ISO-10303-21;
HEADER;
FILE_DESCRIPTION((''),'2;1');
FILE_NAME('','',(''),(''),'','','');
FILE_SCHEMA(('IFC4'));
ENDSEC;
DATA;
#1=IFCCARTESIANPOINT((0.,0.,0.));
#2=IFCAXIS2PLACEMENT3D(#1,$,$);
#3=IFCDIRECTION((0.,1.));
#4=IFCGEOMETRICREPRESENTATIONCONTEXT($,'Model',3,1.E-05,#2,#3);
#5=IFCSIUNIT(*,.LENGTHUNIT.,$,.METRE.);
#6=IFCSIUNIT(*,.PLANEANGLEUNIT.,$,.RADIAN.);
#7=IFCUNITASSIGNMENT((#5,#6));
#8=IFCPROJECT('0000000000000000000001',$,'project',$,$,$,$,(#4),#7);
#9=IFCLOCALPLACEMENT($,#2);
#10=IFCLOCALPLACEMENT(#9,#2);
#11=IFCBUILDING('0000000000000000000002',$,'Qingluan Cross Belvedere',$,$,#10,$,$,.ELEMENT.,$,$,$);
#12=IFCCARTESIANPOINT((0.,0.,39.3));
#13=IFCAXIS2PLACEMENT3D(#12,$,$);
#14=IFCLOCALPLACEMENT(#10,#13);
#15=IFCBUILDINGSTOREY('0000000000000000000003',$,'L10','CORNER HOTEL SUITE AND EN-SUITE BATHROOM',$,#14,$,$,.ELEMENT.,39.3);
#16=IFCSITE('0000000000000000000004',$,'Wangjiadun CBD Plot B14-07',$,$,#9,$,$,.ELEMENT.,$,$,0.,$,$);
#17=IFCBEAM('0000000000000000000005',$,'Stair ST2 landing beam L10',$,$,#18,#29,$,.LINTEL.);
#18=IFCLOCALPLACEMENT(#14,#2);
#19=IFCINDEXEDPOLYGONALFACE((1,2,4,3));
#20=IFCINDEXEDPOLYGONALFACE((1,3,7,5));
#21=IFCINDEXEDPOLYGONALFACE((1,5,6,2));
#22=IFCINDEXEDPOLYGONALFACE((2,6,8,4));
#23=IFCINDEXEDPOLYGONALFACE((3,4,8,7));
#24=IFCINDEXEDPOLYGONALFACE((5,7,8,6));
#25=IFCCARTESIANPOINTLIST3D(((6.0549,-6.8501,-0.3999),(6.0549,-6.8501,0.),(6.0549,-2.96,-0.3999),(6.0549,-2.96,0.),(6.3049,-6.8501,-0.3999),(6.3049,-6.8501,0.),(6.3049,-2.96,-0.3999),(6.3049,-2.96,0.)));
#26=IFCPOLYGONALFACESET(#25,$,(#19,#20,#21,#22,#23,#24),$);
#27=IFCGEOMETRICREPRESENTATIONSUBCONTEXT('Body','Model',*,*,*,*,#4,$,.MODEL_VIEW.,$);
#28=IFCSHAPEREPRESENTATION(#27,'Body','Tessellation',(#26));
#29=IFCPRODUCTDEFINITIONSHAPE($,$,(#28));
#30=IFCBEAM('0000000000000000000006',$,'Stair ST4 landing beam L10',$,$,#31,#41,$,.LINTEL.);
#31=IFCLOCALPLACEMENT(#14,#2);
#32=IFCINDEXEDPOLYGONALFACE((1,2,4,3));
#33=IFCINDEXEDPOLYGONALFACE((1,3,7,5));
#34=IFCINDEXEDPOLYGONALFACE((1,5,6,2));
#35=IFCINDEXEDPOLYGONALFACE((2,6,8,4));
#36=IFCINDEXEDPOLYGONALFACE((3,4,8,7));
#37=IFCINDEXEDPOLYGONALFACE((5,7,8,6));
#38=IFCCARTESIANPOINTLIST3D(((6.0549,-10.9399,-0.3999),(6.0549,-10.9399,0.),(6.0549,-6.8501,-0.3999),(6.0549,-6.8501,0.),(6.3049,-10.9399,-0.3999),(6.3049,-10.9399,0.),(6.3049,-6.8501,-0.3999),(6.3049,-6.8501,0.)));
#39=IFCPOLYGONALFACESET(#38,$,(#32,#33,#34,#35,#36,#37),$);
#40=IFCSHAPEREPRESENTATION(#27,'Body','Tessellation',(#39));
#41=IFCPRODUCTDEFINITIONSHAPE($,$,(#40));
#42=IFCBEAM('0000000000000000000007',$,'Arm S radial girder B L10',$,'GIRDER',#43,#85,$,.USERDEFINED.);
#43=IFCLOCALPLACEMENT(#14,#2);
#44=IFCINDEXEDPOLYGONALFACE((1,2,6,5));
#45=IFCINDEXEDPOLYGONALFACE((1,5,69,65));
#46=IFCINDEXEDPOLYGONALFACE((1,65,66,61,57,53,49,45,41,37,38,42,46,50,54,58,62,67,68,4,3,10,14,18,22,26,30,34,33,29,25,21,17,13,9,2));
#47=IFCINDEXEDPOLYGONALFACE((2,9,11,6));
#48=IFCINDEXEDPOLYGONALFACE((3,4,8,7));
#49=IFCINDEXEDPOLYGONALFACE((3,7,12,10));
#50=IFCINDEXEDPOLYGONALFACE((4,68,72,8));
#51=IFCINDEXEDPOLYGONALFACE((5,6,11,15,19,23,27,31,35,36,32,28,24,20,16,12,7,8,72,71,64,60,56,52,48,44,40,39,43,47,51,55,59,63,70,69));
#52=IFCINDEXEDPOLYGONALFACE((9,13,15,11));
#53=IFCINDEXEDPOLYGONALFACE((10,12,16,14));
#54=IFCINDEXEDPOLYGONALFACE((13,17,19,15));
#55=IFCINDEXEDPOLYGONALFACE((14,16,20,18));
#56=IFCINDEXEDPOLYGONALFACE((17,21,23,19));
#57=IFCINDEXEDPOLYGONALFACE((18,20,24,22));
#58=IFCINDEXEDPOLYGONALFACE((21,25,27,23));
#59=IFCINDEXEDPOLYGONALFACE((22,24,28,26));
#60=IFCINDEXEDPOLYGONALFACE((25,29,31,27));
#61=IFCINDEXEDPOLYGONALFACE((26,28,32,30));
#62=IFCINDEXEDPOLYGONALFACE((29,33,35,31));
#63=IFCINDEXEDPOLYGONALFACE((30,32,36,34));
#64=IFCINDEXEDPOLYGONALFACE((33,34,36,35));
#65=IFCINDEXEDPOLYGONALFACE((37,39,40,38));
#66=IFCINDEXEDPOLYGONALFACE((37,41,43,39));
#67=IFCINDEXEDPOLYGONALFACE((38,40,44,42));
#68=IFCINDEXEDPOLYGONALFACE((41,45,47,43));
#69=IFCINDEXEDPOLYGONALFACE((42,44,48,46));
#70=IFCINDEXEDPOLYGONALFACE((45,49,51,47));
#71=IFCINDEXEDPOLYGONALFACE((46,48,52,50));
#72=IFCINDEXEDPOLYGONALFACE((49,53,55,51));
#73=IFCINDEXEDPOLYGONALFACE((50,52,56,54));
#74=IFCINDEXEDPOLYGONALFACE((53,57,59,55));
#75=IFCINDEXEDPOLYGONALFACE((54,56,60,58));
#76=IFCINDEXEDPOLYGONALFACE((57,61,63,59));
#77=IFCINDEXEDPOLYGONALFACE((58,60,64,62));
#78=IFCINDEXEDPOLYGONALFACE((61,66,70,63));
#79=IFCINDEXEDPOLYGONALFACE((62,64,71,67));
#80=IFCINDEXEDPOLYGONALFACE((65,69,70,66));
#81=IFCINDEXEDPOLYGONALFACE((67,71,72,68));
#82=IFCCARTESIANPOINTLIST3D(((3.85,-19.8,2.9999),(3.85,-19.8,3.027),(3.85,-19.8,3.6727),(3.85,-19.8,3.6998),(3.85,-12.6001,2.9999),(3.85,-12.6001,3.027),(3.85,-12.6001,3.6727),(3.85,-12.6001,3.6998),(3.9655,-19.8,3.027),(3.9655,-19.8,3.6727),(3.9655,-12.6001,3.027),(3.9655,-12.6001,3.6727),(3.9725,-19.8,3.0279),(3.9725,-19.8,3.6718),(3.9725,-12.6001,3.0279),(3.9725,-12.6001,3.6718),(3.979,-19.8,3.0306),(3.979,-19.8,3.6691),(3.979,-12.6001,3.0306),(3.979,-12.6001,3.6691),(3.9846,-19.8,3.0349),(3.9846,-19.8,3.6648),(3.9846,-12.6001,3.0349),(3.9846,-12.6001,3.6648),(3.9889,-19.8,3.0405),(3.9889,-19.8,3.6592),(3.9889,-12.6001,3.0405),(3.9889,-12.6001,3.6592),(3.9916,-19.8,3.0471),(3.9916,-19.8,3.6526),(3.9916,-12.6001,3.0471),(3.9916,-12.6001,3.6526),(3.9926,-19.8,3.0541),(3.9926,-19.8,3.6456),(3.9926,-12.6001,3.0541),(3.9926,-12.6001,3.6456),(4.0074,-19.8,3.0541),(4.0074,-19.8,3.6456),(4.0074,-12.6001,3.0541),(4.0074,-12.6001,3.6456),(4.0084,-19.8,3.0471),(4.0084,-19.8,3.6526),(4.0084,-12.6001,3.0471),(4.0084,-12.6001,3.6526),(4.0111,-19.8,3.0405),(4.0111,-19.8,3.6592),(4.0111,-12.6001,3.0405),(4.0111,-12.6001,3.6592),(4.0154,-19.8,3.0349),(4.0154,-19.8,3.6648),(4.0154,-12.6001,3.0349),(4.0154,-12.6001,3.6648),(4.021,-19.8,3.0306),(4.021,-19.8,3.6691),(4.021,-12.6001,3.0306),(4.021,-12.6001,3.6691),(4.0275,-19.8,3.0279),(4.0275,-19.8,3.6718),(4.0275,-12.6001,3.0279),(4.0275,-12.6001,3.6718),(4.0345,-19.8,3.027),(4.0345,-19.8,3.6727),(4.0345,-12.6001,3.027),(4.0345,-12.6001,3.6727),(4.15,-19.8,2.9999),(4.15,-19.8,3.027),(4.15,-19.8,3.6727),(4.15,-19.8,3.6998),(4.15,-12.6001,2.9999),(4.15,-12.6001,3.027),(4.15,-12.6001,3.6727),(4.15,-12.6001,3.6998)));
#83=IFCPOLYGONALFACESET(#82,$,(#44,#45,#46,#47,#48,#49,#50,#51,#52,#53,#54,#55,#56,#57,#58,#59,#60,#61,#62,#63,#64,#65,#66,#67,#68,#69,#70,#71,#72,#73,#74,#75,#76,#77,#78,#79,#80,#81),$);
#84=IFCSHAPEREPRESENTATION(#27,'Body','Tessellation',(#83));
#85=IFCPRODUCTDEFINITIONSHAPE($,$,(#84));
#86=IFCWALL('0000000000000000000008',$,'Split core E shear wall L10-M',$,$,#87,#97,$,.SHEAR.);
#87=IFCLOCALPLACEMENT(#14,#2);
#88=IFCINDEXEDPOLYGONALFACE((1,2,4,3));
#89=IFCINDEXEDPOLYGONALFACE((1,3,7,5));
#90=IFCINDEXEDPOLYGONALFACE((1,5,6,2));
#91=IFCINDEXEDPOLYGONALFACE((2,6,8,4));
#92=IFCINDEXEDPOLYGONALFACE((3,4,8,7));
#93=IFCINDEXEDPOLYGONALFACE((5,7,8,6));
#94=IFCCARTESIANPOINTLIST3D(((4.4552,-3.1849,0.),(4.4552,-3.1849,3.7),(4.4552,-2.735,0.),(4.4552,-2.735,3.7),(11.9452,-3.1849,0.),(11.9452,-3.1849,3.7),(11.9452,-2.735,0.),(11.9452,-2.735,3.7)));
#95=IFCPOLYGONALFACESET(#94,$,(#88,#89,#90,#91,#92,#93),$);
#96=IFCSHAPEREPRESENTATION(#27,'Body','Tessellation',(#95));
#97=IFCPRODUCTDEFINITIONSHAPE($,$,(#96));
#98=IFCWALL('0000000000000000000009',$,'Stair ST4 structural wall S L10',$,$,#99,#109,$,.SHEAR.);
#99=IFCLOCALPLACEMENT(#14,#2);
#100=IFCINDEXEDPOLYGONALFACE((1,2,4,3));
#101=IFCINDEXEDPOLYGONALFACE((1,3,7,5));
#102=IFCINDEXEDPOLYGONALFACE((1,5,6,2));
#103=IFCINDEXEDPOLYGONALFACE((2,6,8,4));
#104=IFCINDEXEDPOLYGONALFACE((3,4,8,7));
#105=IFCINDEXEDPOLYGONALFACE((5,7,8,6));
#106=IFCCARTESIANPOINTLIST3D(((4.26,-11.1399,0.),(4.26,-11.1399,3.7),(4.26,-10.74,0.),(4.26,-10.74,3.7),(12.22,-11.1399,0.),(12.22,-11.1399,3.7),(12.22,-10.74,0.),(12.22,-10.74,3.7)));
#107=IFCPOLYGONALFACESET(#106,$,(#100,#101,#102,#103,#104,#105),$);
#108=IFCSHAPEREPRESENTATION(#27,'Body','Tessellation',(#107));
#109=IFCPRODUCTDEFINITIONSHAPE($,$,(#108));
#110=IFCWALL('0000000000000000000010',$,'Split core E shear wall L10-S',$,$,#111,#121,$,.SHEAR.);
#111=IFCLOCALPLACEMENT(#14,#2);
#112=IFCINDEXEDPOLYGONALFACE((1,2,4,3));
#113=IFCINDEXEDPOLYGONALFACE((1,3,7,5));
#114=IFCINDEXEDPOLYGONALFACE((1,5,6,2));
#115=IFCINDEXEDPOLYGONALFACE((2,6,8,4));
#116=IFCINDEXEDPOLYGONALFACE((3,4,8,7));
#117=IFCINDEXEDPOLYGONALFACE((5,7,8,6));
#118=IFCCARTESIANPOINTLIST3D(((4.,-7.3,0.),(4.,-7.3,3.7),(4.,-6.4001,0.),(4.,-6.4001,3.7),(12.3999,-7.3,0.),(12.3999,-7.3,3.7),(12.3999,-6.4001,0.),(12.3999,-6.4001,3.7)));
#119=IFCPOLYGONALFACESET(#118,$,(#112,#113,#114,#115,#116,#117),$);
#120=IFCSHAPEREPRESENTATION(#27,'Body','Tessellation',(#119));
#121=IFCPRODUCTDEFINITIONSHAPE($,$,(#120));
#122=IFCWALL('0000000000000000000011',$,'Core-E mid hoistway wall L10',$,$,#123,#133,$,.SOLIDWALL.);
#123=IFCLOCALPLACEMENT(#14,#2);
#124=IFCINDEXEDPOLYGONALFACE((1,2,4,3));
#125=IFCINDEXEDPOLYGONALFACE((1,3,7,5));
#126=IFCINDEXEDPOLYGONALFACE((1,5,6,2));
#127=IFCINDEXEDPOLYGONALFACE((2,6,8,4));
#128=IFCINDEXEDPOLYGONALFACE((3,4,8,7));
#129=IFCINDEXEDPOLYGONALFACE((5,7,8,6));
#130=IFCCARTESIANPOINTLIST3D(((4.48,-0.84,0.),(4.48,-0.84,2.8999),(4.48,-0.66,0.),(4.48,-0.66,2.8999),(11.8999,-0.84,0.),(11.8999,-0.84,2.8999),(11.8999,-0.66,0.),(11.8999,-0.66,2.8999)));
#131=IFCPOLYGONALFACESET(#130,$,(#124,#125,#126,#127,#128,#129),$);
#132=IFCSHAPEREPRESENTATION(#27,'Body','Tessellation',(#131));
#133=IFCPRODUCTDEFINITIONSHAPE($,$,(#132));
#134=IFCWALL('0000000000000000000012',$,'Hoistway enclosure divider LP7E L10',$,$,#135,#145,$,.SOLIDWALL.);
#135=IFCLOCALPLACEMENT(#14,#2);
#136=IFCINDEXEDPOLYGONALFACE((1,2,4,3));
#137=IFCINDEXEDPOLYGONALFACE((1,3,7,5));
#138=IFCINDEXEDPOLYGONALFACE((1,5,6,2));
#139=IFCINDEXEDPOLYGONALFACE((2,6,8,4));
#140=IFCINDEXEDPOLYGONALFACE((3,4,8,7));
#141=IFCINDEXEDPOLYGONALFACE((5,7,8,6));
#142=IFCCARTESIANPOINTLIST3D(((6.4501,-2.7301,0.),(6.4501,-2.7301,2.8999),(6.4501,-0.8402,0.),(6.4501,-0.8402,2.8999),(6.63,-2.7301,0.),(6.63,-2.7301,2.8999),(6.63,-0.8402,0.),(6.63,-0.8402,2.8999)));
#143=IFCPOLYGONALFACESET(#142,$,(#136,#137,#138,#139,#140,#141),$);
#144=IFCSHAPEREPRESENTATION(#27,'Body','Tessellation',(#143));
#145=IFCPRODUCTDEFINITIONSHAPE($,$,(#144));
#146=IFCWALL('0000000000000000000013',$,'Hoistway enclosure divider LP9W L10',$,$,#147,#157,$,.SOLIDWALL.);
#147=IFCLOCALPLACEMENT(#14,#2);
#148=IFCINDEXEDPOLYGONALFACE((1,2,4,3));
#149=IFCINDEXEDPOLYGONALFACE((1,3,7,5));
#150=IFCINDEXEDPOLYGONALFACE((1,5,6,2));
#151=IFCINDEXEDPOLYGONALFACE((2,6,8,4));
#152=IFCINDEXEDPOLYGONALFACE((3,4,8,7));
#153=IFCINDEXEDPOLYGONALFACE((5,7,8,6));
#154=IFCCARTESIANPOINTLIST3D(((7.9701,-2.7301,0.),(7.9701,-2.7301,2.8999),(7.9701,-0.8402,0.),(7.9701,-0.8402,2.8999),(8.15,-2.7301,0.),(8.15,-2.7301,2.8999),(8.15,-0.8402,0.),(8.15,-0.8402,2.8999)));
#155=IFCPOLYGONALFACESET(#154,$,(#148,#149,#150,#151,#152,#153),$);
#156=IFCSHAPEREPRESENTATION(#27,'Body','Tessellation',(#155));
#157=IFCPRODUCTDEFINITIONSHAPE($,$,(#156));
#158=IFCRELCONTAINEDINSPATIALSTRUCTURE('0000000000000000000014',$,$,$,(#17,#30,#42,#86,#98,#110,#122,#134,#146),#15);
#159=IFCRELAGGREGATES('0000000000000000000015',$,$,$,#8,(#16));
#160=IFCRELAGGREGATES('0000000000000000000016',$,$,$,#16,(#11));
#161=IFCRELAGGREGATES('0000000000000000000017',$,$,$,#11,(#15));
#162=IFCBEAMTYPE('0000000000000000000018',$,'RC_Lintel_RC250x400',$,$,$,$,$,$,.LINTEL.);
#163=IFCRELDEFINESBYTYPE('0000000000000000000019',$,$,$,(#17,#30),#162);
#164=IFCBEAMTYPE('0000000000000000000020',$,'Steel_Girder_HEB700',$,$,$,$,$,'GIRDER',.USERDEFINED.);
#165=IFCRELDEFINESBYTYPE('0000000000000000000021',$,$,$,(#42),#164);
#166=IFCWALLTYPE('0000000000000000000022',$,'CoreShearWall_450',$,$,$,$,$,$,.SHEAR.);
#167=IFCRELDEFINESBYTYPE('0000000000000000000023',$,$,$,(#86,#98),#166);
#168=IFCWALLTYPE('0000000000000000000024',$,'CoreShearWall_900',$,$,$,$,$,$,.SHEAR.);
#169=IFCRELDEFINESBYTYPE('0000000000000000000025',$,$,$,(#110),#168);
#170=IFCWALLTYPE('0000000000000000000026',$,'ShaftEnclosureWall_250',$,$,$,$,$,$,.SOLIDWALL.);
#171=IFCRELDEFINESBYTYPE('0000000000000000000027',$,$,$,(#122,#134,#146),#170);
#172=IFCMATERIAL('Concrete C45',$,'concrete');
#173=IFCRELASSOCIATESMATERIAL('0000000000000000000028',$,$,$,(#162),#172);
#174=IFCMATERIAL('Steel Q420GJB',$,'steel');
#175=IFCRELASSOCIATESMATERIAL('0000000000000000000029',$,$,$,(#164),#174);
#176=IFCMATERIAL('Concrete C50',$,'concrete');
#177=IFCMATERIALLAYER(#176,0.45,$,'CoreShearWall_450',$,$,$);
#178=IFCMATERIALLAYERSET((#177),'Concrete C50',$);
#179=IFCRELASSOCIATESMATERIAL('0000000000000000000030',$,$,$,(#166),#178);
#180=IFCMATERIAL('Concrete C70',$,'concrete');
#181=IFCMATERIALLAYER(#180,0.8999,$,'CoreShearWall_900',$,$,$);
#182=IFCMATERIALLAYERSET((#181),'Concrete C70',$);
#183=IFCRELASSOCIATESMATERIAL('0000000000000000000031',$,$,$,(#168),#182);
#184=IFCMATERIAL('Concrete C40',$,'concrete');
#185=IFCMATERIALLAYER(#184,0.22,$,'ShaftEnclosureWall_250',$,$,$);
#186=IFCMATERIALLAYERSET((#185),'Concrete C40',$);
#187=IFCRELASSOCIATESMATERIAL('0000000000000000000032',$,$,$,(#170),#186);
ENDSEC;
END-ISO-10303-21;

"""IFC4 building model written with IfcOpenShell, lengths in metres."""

from ifc_helpers import new_model, si_unit, direction, frame, frame_2d, origin, origin_2d, place, context, subcontext, project, spatial, rectangle, i_section, extrude, material, layer, layer_set, material_profile, profile_set, type_object, element, save


model = new_model("IFC4")

# Units and contexts
model_context = context("Model", 3, precision=1e-05, world=origin(), true_north=direction((0.0, 1.0)))
body_context = subcontext(model_context, "Body", "Model", "MODEL_VIEW")
ifc_project = project(units=[si_unit("LENGTHUNIT", "METRE"), si_unit("PLANEANGLEUNIT", "RADIAN")], contexts=[model_context])

# Site, building, storey
site_placement = place(None, origin())
site = spatial("IfcSite", under=ifc_project, at=site_placement, Name="Wangjiadun CBD Plot B14-07", CompositionType="ELEMENT", RefElevation=0.0)
building_placement = place(site_placement, origin())
building = spatial("IfcBuilding", under=site, at=building_placement, Name="Qingluan Cross Belvedere", CompositionType="ELEMENT")
storey_placement = place(building_placement, frame((0.0, 0.0, 39.3)))
storey = spatial("IfcBuildingStorey", under=building, at=storey_placement, Name="L10", Description="CORNER HOTEL SUITE AND EN-SUITE BATHROOM", CompositionType="ELEMENT", Elevation=39.3)

# Beams
ifc_material_1 = material(Name="Concrete C45", Category="concrete")
ifc_material_profile_1 = material_profile(ifc_material_1, rectangle(XDim=0.25, YDim=0.3999, at=origin_2d()), Name="RC250x400")
ifc_profile_set_1 = profile_set([ifc_material_profile_1], Name="Concrete C45")
beam_type_1 = type_object("IfcBeamType", Name="RC_Lintel_RC250x400", PredefinedType="LINTEL", material=ifc_profile_set_1)
beam_1_placement = place(storey_placement, frame((6.1799, -6.8501, -0.2), z_axis=(0.0, 1.0, 0.0), x_axis=(-1.0, 0.0, 0.0)))
element("IfcBeam", 1, at=beam_1_placement, inside=storey, type_object=beam_type_1, Name="Stair ST2 landing beam L10", PredefinedType="LINTEL", context=body_context, shape_type="SweptSolid", body=[
    extrude(rectangle(XDim=0.25, YDim=0.3999, at=origin_2d()), origin(), (0.0, 0.0, 1.0), 3.8901),
])
beam_2_placement = place(storey_placement, frame((6.1799, -10.9399, -0.2), z_axis=(0.0, 1.0, 0.0), x_axis=(-1.0, 0.0, 0.0)))
element("IfcBeam", 2, at=beam_2_placement, inside=storey, type_object=beam_type_1, Name="Stair ST4 landing beam L10", PredefinedType="LINTEL", context=body_context, shape_type="SweptSolid", body=[
    extrude(rectangle(XDim=0.25, YDim=0.3999, at=origin_2d()), origin(), (0.0, 0.0, 1.0), 4.0898),
])
ifc_material_2 = material(Name="Steel Q420GJB", Category="steel")
ifc_material_profile_2 = material_profile(ifc_material_2, i_section(OverallWidth=0.3, OverallDepth=0.7, WebThickness=0.0149, FlangeThickness=0.0271, FilletRadius=0.0271, at=origin_2d()), Name="HEB700")
ifc_profile_set_2 = profile_set([ifc_material_profile_2], Name="Steel Q420GJB")
beam_type_2 = type_object("IfcBeamType", Name="Steel_Girder_HEB700", ElementType="GIRDER", PredefinedType="USERDEFINED", material=ifc_profile_set_2)
beam_3_placement = place(storey_placement, frame((4.0, -12.6001, 3.3499), z_axis=(0.0, -1.0, 0.0), x_axis=(1.0, 0.0, 0.0)))
element("IfcBeam", 3, at=beam_3_placement, inside=storey, type_object=beam_type_2, Name="Arm S radial girder B L10", ObjectType="GIRDER", PredefinedType="USERDEFINED", context=body_context, shape_type="SweptSolid", body=[
    extrude(i_section(OverallWidth=0.3, OverallDepth=0.7, WebThickness=0.0149, FlangeThickness=0.0271, FilletRadius=0.0271, at=origin_2d()), origin(), (0.0, 0.0, 1.0), 7.2),
])

# Walls
ifc_material_3 = material(Name="Concrete C50", Category="concrete")
ifc_layer_1 = layer(ifc_material_3, 0.45, Name="CoreShearWall_450")
ifc_layer_set_1 = layer_set([ifc_layer_1], Name="Concrete C50")
wall_type_1 = type_object("IfcWallType", Name="CoreShearWall_450", PredefinedType="SHEAR", material=ifc_layer_set_1)
wall_1_placement = place(storey_placement, frame((4.4551, -2.96, 0.0), z_axis=(0.0, 0.0, 1.0), x_axis=(1.0, 0.0, 0.0)))
element("IfcWall", 4, at=wall_1_placement, inside=storey, type_object=wall_type_1, Name="Split core E shear wall L10-M", PredefinedType="SHEAR", context=body_context, shape_type="SweptSolid", body=[
    extrude(rectangle(XDim=7.49, YDim=0.45, at=frame_2d((3.7451, 0.0))), origin(), (0.0, 0.0, 1.0), 3.7),
])
wall_2_placement = place(storey_placement, frame((4.26, -10.9399, 0.0), z_axis=(0.0, 0.0, 1.0), x_axis=(1.0, 0.0, 0.0)))
element("IfcWall", 5, at=wall_2_placement, inside=storey, type_object=wall_type_1, Name="Stair ST4 structural wall S L10", PredefinedType="SHEAR", context=body_context, shape_type="SweptSolid", body=[
    extrude(rectangle(XDim=7.96, YDim=0.3999, at=frame_2d((3.98, 0.0))), origin(), (0.0, 0.0, 1.0), 3.7),
])

# Wall
ifc_material_4 = material(Name="Concrete C70", Category="concrete")
ifc_layer_2 = layer(ifc_material_4, 0.8999, Name="CoreShearWall_900")
ifc_layer_set_2 = layer_set([ifc_layer_2], Name="Concrete C70")
wall_type_2 = type_object("IfcWallType", Name="CoreShearWall_900", PredefinedType="SHEAR", material=ifc_layer_set_2)
wall_3_placement = place(storey_placement, frame((4.0, -6.8501, 0.0), z_axis=(0.0, 0.0, 1.0), x_axis=(1.0, 0.0, 0.0)))
element("IfcWall", 6, at=wall_3_placement, inside=storey, type_object=wall_type_2, Name="Split core E shear wall L10-S", PredefinedType="SHEAR", context=body_context, shape_type="SweptSolid", body=[
    extrude(rectangle(XDim=8.3999, YDim=0.8999, at=frame_2d((4.2, 0.0))), origin(), (0.0, 0.0, 1.0), 3.7),
])

# Walls
ifc_material_5 = material(Name="Concrete C40", Category="concrete")
ifc_layer_3 = layer(ifc_material_5, 0.22, Name="ShaftEnclosureWall_250")
ifc_layer_set_3 = layer_set([ifc_layer_3], Name="Concrete C40")
wall_type_3 = type_object("IfcWallType", Name="ShaftEnclosureWall_250", PredefinedType="SOLIDWALL", material=ifc_layer_set_3)
wall_4_placement = place(storey_placement, frame((4.48, -0.75, 0.0), z_axis=(0.0, 0.0, 1.0), x_axis=(1.0, 0.0, 0.0)))
element("IfcWall", 7, at=wall_4_placement, inside=storey, type_object=wall_type_3, Name="Core-E mid hoistway wall L10", PredefinedType="SOLIDWALL", context=body_context, shape_type="SweptSolid", body=[
    extrude(rectangle(XDim=7.4199, YDim=0.1799, at=frame_2d((3.71, 0.0))), origin(), (0.0, 0.0, 1.0), 2.8999),
])
for number, where, z_axis, x_axis, name in (
    (8, (6.54, -2.73, 0.0), (0.0, 0.0, 1.0), (0.0, 1.0, 0.0), "Hoistway enclosure divider LP7E L10"),
    (9, (8.0601, -2.73, 0.0), (0.0, 0.0, 1.0), (0.0, 1.0, 0.0), "Hoistway enclosure divider LP9W L10"),
):
    element("IfcWall", number, at=place(storey_placement, frame(where, z_axis=z_axis, x_axis=x_axis)), inside=storey, type_object=wall_type_3, Name=name, PredefinedType="SOLIDWALL", context=body_context, shape_type="SweptSolid", body=[
        extrude(rectangle(XDim=1.8899, YDim=0.1799, at=frame_2d((0.9448, 0.0))), origin(), (0.0, 0.0, 1.0), 2.8999),
    ])

save(model, "model.ifc")
